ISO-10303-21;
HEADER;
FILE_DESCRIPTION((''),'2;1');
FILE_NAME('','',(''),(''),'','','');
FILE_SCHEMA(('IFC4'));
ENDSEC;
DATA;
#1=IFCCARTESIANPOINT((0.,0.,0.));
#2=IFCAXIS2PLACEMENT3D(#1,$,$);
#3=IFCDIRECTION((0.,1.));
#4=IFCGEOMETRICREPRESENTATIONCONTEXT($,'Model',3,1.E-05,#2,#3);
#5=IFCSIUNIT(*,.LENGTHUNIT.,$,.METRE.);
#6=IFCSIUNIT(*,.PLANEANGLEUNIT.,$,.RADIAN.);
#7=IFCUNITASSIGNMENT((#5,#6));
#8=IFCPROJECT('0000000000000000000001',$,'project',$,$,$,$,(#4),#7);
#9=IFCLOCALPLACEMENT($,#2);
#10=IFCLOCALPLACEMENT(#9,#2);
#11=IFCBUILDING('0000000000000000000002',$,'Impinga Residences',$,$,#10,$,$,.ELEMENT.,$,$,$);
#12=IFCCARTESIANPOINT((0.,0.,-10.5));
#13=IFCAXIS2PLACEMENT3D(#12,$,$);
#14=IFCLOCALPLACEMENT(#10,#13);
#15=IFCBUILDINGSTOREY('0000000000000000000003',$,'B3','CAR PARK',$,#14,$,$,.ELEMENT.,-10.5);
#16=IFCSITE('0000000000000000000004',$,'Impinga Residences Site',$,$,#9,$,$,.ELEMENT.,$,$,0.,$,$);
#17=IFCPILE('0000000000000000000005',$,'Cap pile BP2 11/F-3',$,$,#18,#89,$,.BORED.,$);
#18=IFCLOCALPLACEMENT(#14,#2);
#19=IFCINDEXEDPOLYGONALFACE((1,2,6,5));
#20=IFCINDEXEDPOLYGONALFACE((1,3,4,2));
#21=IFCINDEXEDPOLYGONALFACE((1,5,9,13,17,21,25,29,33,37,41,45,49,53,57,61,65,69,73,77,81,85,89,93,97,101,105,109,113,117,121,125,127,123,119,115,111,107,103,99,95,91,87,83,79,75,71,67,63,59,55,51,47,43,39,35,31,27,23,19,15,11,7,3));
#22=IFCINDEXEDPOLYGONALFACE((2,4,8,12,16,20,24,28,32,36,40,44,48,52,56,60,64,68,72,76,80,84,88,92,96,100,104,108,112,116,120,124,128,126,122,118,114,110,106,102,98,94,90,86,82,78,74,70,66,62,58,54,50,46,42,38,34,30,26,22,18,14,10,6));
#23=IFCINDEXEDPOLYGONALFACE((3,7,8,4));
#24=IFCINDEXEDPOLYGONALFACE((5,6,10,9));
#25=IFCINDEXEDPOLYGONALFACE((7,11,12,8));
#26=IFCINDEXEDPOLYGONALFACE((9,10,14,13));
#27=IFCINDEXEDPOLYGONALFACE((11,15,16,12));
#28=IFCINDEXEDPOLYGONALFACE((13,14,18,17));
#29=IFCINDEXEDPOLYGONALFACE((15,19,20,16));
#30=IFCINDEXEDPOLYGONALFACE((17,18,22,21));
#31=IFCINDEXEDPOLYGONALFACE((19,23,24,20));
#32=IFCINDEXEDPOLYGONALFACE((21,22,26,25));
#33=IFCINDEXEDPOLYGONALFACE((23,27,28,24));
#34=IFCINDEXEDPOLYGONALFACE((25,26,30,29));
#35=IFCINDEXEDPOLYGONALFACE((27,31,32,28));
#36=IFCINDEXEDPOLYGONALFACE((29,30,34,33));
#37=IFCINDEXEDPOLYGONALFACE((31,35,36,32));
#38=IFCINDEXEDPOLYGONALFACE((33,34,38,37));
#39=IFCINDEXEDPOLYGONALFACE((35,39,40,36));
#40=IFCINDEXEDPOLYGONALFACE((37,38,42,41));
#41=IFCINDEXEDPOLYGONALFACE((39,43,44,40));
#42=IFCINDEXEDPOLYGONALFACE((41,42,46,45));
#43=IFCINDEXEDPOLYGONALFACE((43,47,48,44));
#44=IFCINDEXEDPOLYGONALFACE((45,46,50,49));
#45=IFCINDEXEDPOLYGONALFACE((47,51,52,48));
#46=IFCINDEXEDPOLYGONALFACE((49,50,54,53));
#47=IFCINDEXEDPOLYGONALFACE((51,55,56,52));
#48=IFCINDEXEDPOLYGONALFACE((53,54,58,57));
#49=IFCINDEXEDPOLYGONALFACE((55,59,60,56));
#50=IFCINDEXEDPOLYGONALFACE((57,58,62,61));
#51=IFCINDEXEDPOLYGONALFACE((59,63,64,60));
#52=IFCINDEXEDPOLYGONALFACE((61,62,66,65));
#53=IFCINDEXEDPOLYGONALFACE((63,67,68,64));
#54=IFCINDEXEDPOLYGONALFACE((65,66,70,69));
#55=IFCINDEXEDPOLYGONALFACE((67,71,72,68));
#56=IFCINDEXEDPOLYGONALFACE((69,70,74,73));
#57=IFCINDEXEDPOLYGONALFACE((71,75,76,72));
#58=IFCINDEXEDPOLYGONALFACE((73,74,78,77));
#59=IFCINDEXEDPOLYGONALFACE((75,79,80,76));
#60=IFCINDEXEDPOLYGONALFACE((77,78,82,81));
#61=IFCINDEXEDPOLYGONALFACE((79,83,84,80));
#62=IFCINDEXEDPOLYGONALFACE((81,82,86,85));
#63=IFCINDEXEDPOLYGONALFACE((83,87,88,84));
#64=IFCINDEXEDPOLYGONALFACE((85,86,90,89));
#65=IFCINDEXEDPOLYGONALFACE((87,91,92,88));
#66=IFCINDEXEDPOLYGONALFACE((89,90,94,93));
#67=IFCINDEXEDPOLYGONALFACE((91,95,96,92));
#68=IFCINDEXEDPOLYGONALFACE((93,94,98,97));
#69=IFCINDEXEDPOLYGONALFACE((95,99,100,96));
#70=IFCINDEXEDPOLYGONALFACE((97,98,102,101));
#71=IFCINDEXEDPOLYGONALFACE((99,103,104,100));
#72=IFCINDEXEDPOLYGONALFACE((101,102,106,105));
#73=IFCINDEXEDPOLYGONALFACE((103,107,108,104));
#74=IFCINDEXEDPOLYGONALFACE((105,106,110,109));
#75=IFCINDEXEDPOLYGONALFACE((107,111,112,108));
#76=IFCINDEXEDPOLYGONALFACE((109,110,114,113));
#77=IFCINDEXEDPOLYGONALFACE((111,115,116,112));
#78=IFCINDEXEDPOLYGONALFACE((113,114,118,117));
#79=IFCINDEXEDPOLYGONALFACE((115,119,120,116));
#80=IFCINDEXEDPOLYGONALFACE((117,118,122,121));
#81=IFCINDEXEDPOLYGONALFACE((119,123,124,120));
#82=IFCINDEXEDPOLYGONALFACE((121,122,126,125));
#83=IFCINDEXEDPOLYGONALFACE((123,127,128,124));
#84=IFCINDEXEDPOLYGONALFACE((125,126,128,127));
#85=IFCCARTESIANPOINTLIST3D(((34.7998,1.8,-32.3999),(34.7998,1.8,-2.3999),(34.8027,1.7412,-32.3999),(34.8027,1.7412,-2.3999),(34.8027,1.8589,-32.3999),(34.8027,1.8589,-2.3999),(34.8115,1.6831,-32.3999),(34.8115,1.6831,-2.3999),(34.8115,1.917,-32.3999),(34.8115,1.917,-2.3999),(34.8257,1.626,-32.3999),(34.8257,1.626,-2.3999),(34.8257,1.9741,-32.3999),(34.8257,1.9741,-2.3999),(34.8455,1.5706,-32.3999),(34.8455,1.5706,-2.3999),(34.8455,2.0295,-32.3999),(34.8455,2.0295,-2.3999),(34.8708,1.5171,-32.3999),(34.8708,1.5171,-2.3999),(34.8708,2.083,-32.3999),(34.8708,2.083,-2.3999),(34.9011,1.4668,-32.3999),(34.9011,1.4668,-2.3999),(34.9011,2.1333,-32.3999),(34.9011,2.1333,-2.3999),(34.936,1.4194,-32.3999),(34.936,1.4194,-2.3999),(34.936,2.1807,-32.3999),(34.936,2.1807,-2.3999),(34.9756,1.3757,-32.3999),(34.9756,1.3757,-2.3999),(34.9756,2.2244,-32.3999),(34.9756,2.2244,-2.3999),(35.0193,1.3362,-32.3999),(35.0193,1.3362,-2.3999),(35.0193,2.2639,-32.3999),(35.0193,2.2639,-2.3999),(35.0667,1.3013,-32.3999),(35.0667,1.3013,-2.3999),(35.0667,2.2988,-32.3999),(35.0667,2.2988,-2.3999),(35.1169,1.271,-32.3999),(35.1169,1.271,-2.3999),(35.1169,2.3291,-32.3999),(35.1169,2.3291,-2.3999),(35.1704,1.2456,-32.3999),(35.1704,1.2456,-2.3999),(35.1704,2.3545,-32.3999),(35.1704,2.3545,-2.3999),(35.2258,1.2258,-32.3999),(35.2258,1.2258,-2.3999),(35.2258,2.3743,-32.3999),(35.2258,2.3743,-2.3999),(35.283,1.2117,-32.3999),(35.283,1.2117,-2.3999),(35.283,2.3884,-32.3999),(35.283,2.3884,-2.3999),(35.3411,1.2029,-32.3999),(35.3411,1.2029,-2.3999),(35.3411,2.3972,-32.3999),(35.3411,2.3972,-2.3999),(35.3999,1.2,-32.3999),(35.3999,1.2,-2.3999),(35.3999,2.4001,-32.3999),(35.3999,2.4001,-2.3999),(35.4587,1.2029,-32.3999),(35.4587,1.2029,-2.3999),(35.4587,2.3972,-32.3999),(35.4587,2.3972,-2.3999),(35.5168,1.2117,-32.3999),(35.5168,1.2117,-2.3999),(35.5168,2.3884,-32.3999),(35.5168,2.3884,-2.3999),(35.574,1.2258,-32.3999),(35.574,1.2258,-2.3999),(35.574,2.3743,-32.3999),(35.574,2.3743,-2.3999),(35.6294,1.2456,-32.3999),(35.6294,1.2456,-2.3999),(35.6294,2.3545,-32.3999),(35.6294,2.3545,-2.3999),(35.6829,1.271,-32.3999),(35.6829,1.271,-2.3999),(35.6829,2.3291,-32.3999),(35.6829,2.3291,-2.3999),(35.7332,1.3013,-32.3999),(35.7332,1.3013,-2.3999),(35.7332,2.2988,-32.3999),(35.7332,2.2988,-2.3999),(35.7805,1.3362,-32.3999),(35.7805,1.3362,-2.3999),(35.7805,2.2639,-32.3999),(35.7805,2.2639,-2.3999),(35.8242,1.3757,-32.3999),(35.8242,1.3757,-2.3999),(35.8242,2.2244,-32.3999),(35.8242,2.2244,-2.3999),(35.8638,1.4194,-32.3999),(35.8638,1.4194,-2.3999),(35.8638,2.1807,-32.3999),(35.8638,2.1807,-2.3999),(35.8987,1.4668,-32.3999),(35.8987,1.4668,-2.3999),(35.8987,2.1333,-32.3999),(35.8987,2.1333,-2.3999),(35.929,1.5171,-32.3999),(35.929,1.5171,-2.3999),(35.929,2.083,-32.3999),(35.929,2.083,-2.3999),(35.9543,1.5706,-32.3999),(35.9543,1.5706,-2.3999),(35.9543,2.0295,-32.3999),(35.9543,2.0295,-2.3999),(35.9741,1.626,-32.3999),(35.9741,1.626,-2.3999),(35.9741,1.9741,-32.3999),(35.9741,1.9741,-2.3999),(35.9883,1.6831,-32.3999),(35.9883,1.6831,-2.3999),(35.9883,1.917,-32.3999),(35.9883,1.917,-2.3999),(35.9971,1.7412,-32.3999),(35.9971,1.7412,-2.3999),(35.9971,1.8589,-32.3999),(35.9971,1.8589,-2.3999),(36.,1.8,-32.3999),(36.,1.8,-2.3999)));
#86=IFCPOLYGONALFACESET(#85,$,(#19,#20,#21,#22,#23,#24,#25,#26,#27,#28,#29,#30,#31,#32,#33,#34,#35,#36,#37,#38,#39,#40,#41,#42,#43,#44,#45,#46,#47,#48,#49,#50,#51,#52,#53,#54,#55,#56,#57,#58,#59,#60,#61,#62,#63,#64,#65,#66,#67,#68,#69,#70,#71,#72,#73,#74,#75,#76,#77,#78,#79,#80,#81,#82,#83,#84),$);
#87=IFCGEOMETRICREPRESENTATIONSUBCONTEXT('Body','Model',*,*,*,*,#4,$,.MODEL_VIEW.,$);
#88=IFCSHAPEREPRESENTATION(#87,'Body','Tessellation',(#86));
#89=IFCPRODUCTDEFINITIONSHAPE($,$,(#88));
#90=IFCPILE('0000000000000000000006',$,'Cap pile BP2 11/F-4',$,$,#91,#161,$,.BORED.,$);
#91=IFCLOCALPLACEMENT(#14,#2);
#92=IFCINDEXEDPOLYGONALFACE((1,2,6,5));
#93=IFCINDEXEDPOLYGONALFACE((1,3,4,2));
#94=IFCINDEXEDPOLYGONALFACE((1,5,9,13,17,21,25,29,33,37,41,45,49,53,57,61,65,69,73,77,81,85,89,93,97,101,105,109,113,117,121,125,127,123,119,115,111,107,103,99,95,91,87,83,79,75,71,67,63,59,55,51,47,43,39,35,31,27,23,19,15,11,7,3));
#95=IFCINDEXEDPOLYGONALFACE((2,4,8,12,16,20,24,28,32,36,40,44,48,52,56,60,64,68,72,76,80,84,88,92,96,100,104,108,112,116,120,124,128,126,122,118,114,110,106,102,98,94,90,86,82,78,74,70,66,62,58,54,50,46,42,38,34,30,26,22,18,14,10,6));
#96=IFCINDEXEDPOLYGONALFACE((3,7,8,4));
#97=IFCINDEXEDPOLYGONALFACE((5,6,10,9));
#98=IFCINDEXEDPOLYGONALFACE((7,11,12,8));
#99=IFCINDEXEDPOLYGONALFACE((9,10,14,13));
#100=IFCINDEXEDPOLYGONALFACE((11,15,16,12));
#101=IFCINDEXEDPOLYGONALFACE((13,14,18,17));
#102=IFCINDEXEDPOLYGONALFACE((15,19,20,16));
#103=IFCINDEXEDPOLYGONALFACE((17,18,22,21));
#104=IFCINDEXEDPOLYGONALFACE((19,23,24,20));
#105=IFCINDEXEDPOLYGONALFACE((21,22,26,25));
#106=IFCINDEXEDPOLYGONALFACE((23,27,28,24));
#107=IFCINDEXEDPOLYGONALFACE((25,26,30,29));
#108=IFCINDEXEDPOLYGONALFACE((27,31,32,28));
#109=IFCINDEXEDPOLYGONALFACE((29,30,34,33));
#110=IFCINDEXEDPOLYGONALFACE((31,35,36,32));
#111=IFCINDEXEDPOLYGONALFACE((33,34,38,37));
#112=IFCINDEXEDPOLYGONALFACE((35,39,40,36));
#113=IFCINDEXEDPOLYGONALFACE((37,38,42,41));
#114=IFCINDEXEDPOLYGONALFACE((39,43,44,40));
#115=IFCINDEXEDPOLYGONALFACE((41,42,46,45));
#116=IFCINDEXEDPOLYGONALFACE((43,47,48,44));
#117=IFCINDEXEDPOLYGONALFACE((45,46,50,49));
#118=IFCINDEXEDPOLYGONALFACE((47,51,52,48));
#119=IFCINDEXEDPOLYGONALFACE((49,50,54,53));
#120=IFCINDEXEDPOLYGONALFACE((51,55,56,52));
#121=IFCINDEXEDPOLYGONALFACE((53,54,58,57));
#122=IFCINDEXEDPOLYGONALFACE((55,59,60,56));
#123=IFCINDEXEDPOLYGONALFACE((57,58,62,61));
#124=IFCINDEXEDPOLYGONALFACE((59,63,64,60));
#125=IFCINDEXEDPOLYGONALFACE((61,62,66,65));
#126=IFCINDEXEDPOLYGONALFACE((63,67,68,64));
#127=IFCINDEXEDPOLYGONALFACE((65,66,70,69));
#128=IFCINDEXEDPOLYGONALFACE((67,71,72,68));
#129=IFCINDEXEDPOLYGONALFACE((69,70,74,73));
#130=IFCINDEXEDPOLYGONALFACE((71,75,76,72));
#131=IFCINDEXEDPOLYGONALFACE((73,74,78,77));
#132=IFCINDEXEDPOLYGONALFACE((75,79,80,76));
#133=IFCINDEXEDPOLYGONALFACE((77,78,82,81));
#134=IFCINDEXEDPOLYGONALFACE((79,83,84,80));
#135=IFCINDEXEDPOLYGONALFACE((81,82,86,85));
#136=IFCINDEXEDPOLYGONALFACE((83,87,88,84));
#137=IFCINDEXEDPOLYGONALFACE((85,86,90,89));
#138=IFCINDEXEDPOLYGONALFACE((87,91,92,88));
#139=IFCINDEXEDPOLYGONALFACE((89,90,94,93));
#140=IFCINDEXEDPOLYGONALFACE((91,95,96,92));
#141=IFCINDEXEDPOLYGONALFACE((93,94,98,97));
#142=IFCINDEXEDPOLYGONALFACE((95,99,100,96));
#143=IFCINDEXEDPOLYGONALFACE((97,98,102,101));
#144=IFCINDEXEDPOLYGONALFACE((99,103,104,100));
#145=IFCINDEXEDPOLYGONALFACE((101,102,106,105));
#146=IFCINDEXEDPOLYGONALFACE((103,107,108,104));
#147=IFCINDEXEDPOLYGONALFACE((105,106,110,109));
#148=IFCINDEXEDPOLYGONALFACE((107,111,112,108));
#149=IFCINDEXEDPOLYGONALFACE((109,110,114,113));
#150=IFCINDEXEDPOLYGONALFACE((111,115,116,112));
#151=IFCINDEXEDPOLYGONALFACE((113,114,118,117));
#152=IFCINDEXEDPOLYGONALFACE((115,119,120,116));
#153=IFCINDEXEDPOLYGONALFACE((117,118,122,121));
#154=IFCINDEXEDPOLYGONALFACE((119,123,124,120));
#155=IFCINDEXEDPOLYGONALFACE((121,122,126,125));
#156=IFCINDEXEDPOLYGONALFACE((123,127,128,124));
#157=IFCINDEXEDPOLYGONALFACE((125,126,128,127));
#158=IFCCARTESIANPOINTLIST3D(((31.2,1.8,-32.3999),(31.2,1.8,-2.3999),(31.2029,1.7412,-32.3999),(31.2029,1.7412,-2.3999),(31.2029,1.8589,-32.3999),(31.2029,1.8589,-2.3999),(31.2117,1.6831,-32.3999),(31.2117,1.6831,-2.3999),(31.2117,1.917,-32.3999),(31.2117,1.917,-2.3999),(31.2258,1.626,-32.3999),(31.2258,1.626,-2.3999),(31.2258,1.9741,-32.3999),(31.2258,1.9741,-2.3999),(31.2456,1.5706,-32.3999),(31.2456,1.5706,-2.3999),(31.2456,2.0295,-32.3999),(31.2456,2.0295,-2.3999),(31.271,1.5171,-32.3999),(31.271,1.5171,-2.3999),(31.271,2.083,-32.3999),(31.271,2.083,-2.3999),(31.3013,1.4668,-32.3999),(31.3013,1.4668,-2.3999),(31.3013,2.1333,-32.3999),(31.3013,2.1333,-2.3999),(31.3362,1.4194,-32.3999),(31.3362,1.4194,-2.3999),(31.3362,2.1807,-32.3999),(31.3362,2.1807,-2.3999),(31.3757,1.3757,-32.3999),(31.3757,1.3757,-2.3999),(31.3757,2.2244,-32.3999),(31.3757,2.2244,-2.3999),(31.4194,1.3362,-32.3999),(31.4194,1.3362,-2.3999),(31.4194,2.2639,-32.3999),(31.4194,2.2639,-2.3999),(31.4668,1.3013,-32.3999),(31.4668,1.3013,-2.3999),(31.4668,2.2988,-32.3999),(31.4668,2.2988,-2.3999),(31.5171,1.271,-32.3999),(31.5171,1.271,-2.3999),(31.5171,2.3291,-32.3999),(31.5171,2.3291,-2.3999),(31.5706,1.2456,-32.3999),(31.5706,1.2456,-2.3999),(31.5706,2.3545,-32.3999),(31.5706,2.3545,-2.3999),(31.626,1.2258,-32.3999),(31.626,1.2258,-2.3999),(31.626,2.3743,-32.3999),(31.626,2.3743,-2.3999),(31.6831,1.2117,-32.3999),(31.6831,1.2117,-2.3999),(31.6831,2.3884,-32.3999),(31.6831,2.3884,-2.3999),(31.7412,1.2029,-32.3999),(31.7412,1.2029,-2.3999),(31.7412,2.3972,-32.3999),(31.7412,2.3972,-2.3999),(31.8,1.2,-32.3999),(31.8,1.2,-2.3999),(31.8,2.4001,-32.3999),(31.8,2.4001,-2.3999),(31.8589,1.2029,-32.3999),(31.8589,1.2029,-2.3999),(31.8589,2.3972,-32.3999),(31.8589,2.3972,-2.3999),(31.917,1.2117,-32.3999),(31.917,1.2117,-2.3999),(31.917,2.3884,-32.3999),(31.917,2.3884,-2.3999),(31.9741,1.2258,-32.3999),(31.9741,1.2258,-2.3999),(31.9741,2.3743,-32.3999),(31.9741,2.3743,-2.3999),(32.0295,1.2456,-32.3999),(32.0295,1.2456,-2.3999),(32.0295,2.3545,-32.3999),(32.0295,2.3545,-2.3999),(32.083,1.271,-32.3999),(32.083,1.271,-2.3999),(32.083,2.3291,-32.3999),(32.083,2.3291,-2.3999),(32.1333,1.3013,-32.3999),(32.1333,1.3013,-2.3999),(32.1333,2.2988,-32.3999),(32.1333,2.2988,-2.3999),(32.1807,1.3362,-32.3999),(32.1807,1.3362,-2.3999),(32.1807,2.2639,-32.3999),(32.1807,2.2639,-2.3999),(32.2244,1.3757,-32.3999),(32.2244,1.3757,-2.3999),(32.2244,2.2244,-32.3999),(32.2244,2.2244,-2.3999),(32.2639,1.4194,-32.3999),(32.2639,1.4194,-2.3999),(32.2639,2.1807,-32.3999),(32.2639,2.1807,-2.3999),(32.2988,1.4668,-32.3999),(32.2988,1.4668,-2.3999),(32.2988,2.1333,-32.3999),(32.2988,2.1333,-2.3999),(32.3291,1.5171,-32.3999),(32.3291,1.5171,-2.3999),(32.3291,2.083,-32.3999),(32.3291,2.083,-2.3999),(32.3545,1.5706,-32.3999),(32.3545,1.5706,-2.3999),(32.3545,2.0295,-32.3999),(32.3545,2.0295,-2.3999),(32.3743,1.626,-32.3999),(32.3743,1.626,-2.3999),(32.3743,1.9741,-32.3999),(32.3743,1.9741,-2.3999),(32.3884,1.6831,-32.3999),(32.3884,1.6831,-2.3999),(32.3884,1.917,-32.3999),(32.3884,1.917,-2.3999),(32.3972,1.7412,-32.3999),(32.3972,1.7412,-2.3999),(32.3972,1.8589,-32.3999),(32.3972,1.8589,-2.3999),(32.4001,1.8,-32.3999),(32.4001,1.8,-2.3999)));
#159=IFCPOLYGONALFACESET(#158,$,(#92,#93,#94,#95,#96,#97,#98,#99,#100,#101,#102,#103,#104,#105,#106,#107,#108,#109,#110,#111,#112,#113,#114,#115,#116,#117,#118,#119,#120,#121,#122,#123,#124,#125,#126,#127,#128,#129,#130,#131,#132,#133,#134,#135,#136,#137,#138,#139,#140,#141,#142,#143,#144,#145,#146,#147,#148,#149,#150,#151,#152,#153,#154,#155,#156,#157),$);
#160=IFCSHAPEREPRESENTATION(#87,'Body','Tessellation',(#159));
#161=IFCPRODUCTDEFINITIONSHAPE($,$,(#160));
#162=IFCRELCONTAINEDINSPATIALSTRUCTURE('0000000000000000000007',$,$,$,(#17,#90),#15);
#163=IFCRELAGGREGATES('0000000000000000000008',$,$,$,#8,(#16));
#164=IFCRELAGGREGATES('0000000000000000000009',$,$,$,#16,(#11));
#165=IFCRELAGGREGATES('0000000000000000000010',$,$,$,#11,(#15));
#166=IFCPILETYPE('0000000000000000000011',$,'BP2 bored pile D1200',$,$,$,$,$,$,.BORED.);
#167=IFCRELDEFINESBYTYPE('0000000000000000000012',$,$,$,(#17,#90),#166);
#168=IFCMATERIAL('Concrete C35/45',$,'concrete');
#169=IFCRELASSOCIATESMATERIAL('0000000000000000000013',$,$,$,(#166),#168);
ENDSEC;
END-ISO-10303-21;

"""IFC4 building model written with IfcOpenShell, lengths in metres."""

from ifc_helpers import new_model, si_unit, direction, frame, origin, origin_2d, place, context, subcontext, project, spatial, polyline, circle, outline, extrude, material, material_profile, profile_set, type_object, element, save


model = new_model("IFC4")

# Units and contexts
model_context = context("Model", 3, precision=1e-05, world=origin(), true_north=direction((0.0, 1.0)))
body_context = subcontext(model_context, "Body", "Model", "MODEL_VIEW")
ifc_project = project(units=[si_unit("LENGTHUNIT", "METRE"), si_unit("PLANEANGLEUNIT", "RADIAN")], contexts=[model_context])

# Site, building, storey
site_placement = place(None, origin())
site = spatial("IfcSite", under=ifc_project, at=site_placement, Name="Impinga Residences Site", CompositionType="ELEMENT", RefElevation=0.0)
building_placement = place(site_placement, origin())
building = spatial("IfcBuilding", under=site, at=building_placement, Name="Impinga Residences", CompositionType="ELEMENT")
storey_placement = place(building_placement, frame((0.0, 0.0, -10.5)))
storey = spatial("IfcBuildingStorey", under=building, at=storey_placement, Name="B3", Description="CAR PARK", CompositionType="ELEMENT", Elevation=-10.5)

# Piles
ifc_material_1 = material(Name="Concrete C35/45", Category="concrete")
ifc_material_profile_1 = material_profile(ifc_material_1, circle(Radius=0.6001, at=origin_2d()), Name="D1200")
ifc_profile_set_1 = profile_set([ifc_material_profile_1], Name="Concrete C35/45")
pile_type = type_object("IfcPileType", Name="BP2 bored pile D1200", PredefinedType="BORED", material=ifc_profile_set_1)
pile_1_placement = place(storey_placement, frame((35.3999, 1.8, -2.3999), z_axis=(0.0, 0.0, -1.0), x_axis=(1.0, 0.0, 0.0)))
element("IfcPile", 1, at=pile_1_placement, inside=storey, type_object=pile_type, Name="Cap pile BP2 11/F-3", PredefinedType="BORED", context=body_context, shape_type="SweptSolid", body=[
    extrude(outline(polyline([(0.6001, 0.0), (0.5972, 0.0588), (0.5884, 0.1169), (0.5742, 0.1741), (0.5544, 0.2295), (0.5291, 0.283), (0.4988, 0.3333), (0.4639, 0.3806), (0.4243, 0.4243), (0.3806, 0.4639), (0.3333, 0.4988), (0.283, 0.5291), (0.2295, 0.5544), (0.1741, 0.5742), (0.1169, 0.5884), (0.0588, 0.5972), (0.0, 0.6001), (-0.0588, 0.5972), (-0.1169, 0.5884), (-0.1741, 0.5742), (-0.2295, 0.5544), (-0.283, 0.5291), (-0.3333, 0.4988), (-0.3806, 0.4639), (-0.4243, 0.4243), (-0.4639, 0.3806), (-0.4988, 0.3333), (-0.5291, 0.283), (-0.5544, 0.2295), (-0.5742, 0.1741), (-0.5884, 0.1169), (-0.5972, 0.0588), (-0.6001, 0.0), (-0.5972, -0.0588), (-0.5884, -0.1169), (-0.5742, -0.1741), (-0.5544, -0.2295), (-0.5291, -0.283), (-0.4988, -0.3333), (-0.4639, -0.3806), (-0.4243, -0.4243), (-0.3806, -0.4639), (-0.3333, -0.4988), (-0.283, -0.5291), (-0.2295, -0.5544), (-0.1741, -0.5742), (-0.1169, -0.5884), (-0.0588, -0.5972), (0.0, -0.6001), (0.0588, -0.5972), (0.1169, -0.5884), (0.1741, -0.5742), (0.2295, -0.5544), (0.283, -0.5291), (0.3333, -0.4988), (0.3806, -0.4639), (0.4243, -0.4243), (0.4639, -0.3806), (0.4988, -0.3333), (0.5291, -0.283), (0.5544, -0.2295), (0.5742, -0.1741), (0.5884, -0.1169), (0.5972, -0.0588), (0.6001, 0.0)])), origin(), (0.0, 0.0, 1.0), 30.0),
])
pile_2_placement = place(storey_placement, frame((31.8, 1.8, -2.3999), z_axis=(0.0, 0.0, -1.0), x_axis=(1.0, 0.0, 0.0)))
element("IfcPile", 2, at=pile_2_placement, inside=storey, type_object=pile_type, Name="Cap pile BP2 11/F-4", PredefinedType="BORED", context=body_context, shape_type="SweptSolid", body=[
    extrude(outline(polyline([(0.6001, 0.0), (0.5972, 0.0588), (0.5884, 0.1169), (0.5742, 0.1741), (0.5544, 0.2295), (0.5291, 0.283), (0.4988, 0.3333), (0.4639, 0.3806), (0.4243, 0.4243), (0.3806, 0.4639), (0.3333, 0.4988), (0.283, 0.5291), (0.2295, 0.5544), (0.1741, 0.5742), (0.1169, 0.5884), (0.0588, 0.5972), (0.0, 0.6001), (-0.0588, 0.5972), (-0.1169, 0.5884), (-0.1741, 0.5742), (-0.2295, 0.5544), (-0.283, 0.5291), (-0.3333, 0.4988), (-0.3806, 0.4639), (-0.4243, 0.4243), (-0.4639, 0.3806), (-0.4988, 0.3333), (-0.5291, 0.283), (-0.5544, 0.2295), (-0.5742, 0.1741), (-0.5884, 0.1169), (-0.5972, 0.0588), (-0.6001, 0.0), (-0.5972, -0.0588), (-0.5884, -0.1169), (-0.5742, -0.1741), (-0.5544, -0.2295), (-0.5291, -0.283), (-0.4988, -0.3333), (-0.4639, -0.3806), (-0.4243, -0.4243), (-0.3806, -0.4639), (-0.3333, -0.4988), (-0.283, -0.5291), (-0.2295, -0.5544), (-0.1741, -0.5742), (-0.1169, -0.5884), (-0.0588, -0.5972), (0.0, -0.6001), (0.0588, -0.5972), (0.1169, -0.5884), (0.1741, -0.5742), (0.2295, -0.5544), (0.283, -0.5291), (0.3333, -0.4988), (0.3806, -0.4639), (0.4243, -0.4243), (0.4639, -0.3806), (0.4988, -0.3333), (0.5291, -0.283), (0.5544, -0.2295), (0.5742, -0.1741), (0.5884, -0.1169), (0.5972, -0.0588), (0.6001, 0.0)])), origin(), (0.0, 0.0, 1.0), 30.0),
])

save(model, "model.ifc")
